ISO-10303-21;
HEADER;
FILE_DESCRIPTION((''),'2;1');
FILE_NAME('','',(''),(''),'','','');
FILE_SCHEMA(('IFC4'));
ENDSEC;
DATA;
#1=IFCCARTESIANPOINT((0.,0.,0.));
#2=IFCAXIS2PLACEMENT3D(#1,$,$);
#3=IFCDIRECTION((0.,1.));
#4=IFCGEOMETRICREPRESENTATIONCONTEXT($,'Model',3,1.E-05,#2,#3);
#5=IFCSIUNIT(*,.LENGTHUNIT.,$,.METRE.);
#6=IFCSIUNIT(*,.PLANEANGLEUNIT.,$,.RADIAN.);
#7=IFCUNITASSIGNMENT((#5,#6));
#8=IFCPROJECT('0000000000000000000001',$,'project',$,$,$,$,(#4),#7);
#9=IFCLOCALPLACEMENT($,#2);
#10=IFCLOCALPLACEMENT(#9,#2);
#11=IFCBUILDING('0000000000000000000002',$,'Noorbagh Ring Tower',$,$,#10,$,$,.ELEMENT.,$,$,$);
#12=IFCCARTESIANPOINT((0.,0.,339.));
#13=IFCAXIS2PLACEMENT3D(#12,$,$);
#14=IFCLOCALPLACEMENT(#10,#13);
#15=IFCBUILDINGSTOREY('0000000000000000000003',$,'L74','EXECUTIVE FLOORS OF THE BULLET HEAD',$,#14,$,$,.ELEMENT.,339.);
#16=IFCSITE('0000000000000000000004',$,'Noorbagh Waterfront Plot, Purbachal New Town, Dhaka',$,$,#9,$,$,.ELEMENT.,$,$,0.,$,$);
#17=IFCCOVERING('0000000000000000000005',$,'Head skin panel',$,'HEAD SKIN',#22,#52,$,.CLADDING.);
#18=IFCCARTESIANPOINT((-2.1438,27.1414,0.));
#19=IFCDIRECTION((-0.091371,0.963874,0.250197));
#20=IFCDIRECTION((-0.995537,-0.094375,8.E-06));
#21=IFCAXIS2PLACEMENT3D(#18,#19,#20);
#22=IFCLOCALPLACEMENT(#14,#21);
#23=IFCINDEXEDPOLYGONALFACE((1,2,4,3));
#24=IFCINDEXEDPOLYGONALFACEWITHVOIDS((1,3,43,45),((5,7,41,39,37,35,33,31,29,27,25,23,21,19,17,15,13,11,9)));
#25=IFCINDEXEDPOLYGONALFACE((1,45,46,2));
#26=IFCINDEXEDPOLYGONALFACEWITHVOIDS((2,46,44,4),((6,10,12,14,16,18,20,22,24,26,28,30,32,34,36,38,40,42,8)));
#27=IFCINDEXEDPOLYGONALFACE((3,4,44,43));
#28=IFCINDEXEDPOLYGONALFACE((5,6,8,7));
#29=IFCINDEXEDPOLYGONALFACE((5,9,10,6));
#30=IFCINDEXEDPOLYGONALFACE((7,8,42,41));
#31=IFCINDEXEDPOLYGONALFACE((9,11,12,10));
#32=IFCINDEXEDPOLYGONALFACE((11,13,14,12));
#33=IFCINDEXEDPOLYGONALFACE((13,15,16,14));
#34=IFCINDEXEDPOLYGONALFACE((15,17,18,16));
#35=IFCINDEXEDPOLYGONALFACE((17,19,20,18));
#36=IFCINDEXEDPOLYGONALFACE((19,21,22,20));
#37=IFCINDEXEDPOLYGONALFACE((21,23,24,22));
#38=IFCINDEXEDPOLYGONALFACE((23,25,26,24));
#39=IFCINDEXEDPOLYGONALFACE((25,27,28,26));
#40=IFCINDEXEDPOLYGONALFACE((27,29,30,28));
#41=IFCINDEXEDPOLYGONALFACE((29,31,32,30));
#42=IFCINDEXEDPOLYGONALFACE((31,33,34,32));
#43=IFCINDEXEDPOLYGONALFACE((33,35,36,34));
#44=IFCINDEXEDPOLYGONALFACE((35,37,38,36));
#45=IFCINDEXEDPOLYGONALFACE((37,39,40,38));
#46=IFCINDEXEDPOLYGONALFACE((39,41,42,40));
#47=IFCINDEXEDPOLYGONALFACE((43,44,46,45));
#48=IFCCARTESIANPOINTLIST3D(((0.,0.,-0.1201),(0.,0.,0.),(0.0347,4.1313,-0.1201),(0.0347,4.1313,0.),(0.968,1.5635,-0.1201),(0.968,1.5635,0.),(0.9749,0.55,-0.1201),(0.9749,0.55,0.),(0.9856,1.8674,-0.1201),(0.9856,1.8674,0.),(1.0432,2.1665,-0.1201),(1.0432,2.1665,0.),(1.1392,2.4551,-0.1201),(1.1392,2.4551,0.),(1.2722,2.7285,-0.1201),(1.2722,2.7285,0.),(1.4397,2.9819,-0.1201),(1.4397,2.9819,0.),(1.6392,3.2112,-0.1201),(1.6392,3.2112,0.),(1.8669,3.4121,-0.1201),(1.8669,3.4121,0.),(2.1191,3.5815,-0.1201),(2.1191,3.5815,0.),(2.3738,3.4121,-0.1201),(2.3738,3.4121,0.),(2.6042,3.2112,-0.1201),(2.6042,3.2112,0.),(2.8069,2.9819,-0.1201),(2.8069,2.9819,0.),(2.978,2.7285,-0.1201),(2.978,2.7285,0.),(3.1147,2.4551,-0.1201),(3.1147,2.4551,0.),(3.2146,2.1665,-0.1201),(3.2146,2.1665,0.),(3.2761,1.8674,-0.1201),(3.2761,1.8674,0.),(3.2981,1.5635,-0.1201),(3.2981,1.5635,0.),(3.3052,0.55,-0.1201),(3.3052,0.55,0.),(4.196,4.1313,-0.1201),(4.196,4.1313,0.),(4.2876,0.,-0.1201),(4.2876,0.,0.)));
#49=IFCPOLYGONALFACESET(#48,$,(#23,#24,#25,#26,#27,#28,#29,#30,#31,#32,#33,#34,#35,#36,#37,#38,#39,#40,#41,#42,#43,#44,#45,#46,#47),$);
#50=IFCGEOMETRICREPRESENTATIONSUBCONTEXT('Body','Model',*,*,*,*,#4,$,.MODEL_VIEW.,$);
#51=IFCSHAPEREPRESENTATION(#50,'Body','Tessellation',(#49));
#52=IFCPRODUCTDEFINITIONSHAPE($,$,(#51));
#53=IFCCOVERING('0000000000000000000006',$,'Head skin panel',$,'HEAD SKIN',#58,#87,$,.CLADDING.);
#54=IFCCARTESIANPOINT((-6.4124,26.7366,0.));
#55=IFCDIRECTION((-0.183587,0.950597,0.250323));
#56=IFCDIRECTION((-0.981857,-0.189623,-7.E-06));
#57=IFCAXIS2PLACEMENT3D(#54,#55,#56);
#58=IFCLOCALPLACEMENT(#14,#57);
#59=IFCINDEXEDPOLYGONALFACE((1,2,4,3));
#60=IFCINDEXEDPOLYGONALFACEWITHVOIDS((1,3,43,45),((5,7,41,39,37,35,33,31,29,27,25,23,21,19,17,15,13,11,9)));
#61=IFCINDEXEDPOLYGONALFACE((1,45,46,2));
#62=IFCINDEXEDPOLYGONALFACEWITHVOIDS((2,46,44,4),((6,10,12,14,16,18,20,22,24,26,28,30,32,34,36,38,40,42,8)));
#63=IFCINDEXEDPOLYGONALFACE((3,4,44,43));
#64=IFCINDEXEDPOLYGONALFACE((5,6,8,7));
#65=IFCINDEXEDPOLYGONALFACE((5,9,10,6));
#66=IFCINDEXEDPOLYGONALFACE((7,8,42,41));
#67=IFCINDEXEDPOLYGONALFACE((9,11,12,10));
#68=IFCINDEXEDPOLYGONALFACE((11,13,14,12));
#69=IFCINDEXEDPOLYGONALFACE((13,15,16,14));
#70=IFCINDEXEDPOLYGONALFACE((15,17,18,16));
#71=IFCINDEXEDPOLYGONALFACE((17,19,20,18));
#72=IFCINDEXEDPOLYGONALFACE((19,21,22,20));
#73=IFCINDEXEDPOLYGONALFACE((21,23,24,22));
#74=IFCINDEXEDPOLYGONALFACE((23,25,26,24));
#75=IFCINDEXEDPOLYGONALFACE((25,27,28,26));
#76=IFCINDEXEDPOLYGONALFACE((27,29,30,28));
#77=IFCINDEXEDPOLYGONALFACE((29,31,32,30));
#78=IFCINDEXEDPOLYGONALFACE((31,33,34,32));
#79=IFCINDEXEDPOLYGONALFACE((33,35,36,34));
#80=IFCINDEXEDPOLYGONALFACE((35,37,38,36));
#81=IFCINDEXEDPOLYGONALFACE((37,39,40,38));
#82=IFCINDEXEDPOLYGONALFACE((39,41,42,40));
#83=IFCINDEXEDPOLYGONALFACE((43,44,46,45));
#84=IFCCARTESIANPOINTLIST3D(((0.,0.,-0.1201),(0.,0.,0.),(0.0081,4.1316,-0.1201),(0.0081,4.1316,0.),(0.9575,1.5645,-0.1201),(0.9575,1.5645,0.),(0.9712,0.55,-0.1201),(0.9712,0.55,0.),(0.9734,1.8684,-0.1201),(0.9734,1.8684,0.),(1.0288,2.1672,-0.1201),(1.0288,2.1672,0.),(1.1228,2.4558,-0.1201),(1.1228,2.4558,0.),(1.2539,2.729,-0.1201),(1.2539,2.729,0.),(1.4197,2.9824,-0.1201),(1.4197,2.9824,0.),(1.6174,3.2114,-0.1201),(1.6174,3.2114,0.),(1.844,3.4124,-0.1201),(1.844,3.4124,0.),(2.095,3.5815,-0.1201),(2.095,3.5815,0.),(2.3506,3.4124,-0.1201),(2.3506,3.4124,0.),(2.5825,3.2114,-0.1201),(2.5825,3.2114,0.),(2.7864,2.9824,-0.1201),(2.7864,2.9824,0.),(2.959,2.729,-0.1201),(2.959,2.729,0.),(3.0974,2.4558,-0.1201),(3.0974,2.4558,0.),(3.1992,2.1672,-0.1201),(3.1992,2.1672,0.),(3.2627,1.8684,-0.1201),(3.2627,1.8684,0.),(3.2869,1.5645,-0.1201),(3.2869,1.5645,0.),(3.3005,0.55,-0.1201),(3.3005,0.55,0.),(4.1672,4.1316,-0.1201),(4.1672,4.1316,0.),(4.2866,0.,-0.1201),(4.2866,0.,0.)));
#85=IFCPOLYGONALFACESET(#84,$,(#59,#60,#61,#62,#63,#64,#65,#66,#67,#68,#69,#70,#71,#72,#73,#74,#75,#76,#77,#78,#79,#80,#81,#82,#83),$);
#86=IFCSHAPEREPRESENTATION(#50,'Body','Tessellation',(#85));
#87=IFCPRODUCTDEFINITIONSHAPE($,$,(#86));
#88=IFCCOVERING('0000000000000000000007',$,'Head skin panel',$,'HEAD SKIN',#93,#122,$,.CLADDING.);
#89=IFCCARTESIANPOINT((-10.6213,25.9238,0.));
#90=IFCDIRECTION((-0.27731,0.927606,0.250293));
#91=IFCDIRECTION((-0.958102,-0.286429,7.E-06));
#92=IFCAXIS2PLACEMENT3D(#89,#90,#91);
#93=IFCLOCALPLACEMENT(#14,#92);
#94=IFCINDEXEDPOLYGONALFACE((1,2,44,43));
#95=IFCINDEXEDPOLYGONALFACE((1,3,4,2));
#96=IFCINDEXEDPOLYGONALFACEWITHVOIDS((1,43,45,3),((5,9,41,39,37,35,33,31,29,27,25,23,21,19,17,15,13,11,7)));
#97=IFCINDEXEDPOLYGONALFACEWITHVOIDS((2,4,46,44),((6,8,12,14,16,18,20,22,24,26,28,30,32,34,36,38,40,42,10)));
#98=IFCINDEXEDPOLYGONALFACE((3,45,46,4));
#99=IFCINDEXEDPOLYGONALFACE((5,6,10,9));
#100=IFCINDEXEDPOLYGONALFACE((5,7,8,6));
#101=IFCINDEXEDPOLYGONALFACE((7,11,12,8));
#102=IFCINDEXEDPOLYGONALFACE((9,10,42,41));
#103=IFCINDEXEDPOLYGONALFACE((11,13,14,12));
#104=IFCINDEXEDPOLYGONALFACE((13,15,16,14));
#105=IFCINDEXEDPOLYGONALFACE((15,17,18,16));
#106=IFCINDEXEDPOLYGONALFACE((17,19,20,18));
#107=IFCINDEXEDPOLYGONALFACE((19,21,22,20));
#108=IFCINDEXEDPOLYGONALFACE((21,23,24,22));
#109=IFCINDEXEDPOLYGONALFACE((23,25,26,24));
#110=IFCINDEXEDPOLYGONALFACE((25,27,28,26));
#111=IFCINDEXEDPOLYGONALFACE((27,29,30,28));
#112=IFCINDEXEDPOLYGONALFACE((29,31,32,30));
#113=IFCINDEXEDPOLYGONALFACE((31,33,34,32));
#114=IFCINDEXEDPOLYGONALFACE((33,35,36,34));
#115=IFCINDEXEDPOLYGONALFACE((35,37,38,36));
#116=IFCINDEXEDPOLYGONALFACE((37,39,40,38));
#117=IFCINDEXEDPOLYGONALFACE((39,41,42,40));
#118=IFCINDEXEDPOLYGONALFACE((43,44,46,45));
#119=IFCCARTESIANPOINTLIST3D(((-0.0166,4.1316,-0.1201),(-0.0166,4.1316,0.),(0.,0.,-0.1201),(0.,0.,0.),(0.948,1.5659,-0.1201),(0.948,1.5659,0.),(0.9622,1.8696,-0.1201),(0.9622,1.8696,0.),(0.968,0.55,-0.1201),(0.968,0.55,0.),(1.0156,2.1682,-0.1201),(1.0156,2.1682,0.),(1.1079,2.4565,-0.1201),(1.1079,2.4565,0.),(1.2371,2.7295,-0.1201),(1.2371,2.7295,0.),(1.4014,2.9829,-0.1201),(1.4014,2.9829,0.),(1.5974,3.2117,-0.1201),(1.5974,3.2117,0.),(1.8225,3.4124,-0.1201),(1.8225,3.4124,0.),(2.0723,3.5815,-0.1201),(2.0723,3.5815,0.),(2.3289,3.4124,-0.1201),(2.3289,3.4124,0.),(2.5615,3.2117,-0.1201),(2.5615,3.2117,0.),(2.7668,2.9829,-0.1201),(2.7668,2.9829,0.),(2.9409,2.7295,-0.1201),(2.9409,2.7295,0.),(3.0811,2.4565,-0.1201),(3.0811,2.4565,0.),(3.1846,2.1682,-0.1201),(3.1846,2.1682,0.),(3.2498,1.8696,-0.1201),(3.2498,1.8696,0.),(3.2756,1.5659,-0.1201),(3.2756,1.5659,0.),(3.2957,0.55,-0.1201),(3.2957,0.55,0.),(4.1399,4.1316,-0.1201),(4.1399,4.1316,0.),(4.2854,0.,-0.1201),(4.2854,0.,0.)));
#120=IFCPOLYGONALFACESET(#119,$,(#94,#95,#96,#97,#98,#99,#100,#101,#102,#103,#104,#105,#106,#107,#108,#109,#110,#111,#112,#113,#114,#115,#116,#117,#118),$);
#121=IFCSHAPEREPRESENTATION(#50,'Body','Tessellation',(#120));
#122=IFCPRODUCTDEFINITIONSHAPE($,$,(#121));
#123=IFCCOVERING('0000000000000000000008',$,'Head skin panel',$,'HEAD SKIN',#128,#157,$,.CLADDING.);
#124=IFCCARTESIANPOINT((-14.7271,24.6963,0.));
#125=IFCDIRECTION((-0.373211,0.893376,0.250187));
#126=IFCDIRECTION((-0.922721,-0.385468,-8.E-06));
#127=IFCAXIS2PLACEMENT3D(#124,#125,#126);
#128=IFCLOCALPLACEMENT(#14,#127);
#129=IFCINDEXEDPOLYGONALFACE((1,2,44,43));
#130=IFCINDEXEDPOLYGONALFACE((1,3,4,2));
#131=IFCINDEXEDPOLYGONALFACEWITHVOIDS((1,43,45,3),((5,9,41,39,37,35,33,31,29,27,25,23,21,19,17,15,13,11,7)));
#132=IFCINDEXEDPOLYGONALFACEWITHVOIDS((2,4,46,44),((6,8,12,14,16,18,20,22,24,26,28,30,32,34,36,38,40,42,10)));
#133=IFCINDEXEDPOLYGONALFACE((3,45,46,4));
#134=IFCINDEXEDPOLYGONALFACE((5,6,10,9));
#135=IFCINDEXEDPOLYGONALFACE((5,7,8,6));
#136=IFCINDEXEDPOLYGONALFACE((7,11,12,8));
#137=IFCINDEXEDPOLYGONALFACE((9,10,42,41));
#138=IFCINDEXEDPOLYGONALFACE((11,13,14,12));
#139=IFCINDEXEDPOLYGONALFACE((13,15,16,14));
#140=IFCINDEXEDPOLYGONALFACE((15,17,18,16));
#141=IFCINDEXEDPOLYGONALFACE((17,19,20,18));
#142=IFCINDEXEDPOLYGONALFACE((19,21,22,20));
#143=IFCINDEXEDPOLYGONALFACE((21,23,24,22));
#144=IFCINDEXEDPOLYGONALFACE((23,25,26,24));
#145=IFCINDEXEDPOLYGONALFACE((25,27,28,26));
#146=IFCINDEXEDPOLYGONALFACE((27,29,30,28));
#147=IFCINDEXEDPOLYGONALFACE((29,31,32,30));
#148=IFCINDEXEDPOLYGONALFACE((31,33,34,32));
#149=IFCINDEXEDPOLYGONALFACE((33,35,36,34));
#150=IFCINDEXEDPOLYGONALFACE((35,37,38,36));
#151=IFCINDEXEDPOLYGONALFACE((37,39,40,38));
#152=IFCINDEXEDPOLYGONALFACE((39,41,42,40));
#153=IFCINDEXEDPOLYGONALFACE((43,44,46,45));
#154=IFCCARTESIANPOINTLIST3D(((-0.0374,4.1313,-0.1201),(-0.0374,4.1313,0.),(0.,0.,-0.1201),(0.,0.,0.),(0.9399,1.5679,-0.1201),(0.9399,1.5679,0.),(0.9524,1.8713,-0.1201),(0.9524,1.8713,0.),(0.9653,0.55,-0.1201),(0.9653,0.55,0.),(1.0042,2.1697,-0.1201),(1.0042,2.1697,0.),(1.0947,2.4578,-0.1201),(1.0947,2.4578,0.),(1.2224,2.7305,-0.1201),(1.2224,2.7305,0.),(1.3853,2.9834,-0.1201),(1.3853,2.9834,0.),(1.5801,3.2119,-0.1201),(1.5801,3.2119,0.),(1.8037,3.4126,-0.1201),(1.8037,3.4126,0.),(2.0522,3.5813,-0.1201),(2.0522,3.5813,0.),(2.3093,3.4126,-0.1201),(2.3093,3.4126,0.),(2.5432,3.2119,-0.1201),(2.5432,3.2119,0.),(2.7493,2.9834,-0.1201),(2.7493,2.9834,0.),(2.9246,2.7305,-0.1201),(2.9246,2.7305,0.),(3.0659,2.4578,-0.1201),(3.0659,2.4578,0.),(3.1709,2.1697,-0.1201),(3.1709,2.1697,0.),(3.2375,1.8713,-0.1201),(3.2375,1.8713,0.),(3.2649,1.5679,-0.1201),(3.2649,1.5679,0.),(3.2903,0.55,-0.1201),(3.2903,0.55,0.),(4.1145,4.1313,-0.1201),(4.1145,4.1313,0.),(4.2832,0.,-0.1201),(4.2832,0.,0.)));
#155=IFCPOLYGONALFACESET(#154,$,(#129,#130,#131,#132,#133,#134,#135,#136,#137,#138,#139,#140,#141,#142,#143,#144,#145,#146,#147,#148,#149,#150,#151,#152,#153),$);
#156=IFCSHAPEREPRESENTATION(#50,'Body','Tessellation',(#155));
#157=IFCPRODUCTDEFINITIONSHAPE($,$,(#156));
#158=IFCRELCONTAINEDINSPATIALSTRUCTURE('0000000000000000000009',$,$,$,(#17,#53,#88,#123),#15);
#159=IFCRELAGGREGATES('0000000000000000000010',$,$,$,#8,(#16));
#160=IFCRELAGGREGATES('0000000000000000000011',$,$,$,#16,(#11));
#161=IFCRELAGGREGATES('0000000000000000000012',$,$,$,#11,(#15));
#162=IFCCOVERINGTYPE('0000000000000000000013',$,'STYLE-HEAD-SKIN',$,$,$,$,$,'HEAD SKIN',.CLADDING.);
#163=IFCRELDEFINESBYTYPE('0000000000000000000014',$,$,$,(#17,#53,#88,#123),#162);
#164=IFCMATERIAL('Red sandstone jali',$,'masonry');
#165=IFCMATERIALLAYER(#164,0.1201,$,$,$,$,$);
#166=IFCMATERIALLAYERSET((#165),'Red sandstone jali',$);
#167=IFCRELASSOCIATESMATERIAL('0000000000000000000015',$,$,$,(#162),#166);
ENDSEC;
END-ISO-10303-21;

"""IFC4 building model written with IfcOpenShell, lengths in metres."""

from ifc_helpers import new_model, si_unit, direction, frame, origin, place, context, subcontext, project, spatial, polyline, outline, extrude, material, layer, layer_set, type_object, element, save


model = new_model("IFC4")

# Units and contexts
model_context = context("Model", 3, precision=1e-05, world=origin(), true_north=direction((0.0, 1.0)))
body_context = subcontext(model_context, "Body", "Model", "MODEL_VIEW")
ifc_project = project(units=[si_unit("LENGTHUNIT", "METRE"), si_unit("PLANEANGLEUNIT", "RADIAN")], contexts=[model_context])

# Site, building, storey
site_placement = place(None, origin())
site = spatial("IfcSite", under=ifc_project, at=site_placement, Name="Noorbagh Waterfront Plot, Purbachal New Town, Dhaka", CompositionType="ELEMENT", RefElevation=0.0)
building_placement = place(site_placement, origin())
building = spatial("IfcBuilding", under=site, at=building_placement, Name="Noorbagh Ring Tower", CompositionType="ELEMENT")
storey_placement = place(building_placement, frame((0.0, 0.0, 339.0)))
storey = spatial("IfcBuildingStorey", under=building, at=storey_placement, Name="L74", Description="EXECUTIVE FLOORS OF THE BULLET HEAD", CompositionType="ELEMENT", Elevation=339.0)

# Coverings
ifc_material_1 = material(Name="Red sandstone jali", Category="masonry")
ifc_layer_1 = layer(ifc_material_1, 0.1201)
ifc_layer_set_1 = layer_set([ifc_layer_1], Name="Red sandstone jali")
covering_type_1 = type_object("IfcCoveringType", Name="STYLE-HEAD-SKIN", ElementType="HEAD SKIN", PredefinedType="CLADDING", material=ifc_layer_set_1)
covering_1_placement = place(storey_placement, frame((-2.1438, 27.1414, 0.0), z_axis=(-0.091371, 0.963874, 0.250197), x_axis=(-0.995537, -0.094375, 0.000008)))
element("IfcCovering", 1, at=covering_1_placement, inside=storey, type_object=covering_type_1, Name="Head skin panel", ObjectType="HEAD SKIN", PredefinedType="CLADDING", context=body_context, shape_type="SweptSolid", body=[
    extrude(outline(polyline([(0.0, 0.0), (4.2876, 0.0), (4.196, 4.1313), (0.0347, 4.1313), (0.0, 0.0)]), holes=[polyline([(0.9749, 0.55), (0.968, 1.5635), (0.9856, 1.8674), (1.0432, 2.1665), (1.1392, 2.4551), (1.2722, 2.7285), (1.4397, 2.9819), (1.6392, 3.2112), (1.8669, 3.4121), (2.1191, 3.5815), (2.3738, 3.4121), (2.6042, 3.2112), (2.8069, 2.9819), (2.978, 2.7285), (3.1147, 2.4551), (3.2146, 2.1665), (3.2761, 1.8674), (3.2981, 1.5635), (3.3052, 0.55), (0.9749, 0.55)])]), origin(), (0.0, 0.0, -1.0), 0.1201),
])
covering_2_placement = place(storey_placement, frame((-6.4124, 26.7366, 0.0), z_axis=(-0.183587, 0.950597, 0.250323), x_axis=(-0.981857, -0.189623, -0.000007)))
element("IfcCovering", 2, at=covering_2_placement, inside=storey, type_object=covering_type_1, Name="Head skin panel", ObjectType="HEAD SKIN", PredefinedType="CLADDING", context=body_context, shape_type="SweptSolid", body=[
    extrude(outline(polyline([(0.0, 0.0), (4.2866, 0.0), (4.1672, 4.1316), (0.0081, 4.1316), (0.0, 0.0)]), holes=[polyline([(0.9712, 0.55), (0.9575, 1.5645), (0.9734, 1.8684), (1.0288, 2.1672), (1.1228, 2.4558), (1.2539, 2.729), (1.4197, 2.9824), (1.6174, 3.2114), (1.844, 3.4124), (2.095, 3.5815), (2.3506, 3.4124), (2.5825, 3.2114), (2.7864, 2.9824), (2.959, 2.729), (3.0974, 2.4558), (3.1992, 2.1672), (3.2627, 1.8684), (3.2869, 1.5645), (3.3005, 0.55), (0.9712, 0.55)])]), origin(), (0.0, 0.0, -1.0), 0.1201),
])
covering_3_placement = place(storey_placement, frame((-10.6213, 25.9238, 0.0), z_axis=(-0.27731, 0.927606, 0.250293), x_axis=(-0.958102, -0.286429, 0.000007)))
element("IfcCovering", 3, at=covering_3_placement, inside=storey, type_object=covering_type_1, Name="Head skin panel", ObjectType="HEAD SKIN", PredefinedType="CLADDING", context=body_context, shape_type="SweptSolid", body=[
    extrude(outline(polyline([(0.0, 0.0), (4.2854, 0.0), (4.1399, 4.1316), (-0.0166, 4.1316), (0.0, 0.0)]), holes=[polyline([(0.968, 0.55), (0.948, 1.5659), (0.9622, 1.8696), (1.0156, 2.1682), (1.1079, 2.4565), (1.2371, 2.7295), (1.4014, 2.9829), (1.5974, 3.2117), (1.8225, 3.4124), (2.0723, 3.5815), (2.3289, 3.4124), (2.5615, 3.2117), (2.7668, 2.9829), (2.9409, 2.7295), (3.0811, 2.4565), (3.1846, 2.1682), (3.2498, 1.8696), (3.2756, 1.5659), (3.2957, 0.55), (0.968, 0.55)])]), origin(), (0.0, 0.0, -1.0), 0.1201),
])
covering_4_placement = place(storey_placement, frame((-14.7271, 24.6963, 0.0), z_axis=(-0.373211, 0.893376, 0.250187), x_axis=(-0.922721, -0.385468, -0.000008)))
element("IfcCovering", 4, at=covering_4_placement, inside=storey, type_object=covering_type_1, Name="Head skin panel", ObjectType="HEAD SKIN", PredefinedType="CLADDING", context=body_context, shape_type="SweptSolid", body=[
    extrude(outline(polyline([(0.0, 0.0), (4.2832, 0.0), (4.1145, 4.1313), (-0.0374, 4.1313), (0.0, 0.0)]), holes=[polyline([(0.9653, 0.55), (0.9399, 1.5679), (0.9524, 1.8713), (1.0042, 2.1697), (1.0947, 2.4578), (1.2224, 2.7305), (1.3853, 2.9834), (1.5801, 3.2119), (1.8037, 3.4126), (2.0522, 3.5813), (2.3093, 3.4126), (2.5432, 3.2119), (2.7493, 2.9834), (2.9246, 2.7305), (3.0659, 2.4578), (3.1709, 2.1697), (3.2375, 1.8713), (3.2649, 1.5679), (3.2903, 0.55), (0.9653, 0.55)])]), origin(), (0.0, 0.0, -1.0), 0.1201),
])

save(model, "model.ifc")
